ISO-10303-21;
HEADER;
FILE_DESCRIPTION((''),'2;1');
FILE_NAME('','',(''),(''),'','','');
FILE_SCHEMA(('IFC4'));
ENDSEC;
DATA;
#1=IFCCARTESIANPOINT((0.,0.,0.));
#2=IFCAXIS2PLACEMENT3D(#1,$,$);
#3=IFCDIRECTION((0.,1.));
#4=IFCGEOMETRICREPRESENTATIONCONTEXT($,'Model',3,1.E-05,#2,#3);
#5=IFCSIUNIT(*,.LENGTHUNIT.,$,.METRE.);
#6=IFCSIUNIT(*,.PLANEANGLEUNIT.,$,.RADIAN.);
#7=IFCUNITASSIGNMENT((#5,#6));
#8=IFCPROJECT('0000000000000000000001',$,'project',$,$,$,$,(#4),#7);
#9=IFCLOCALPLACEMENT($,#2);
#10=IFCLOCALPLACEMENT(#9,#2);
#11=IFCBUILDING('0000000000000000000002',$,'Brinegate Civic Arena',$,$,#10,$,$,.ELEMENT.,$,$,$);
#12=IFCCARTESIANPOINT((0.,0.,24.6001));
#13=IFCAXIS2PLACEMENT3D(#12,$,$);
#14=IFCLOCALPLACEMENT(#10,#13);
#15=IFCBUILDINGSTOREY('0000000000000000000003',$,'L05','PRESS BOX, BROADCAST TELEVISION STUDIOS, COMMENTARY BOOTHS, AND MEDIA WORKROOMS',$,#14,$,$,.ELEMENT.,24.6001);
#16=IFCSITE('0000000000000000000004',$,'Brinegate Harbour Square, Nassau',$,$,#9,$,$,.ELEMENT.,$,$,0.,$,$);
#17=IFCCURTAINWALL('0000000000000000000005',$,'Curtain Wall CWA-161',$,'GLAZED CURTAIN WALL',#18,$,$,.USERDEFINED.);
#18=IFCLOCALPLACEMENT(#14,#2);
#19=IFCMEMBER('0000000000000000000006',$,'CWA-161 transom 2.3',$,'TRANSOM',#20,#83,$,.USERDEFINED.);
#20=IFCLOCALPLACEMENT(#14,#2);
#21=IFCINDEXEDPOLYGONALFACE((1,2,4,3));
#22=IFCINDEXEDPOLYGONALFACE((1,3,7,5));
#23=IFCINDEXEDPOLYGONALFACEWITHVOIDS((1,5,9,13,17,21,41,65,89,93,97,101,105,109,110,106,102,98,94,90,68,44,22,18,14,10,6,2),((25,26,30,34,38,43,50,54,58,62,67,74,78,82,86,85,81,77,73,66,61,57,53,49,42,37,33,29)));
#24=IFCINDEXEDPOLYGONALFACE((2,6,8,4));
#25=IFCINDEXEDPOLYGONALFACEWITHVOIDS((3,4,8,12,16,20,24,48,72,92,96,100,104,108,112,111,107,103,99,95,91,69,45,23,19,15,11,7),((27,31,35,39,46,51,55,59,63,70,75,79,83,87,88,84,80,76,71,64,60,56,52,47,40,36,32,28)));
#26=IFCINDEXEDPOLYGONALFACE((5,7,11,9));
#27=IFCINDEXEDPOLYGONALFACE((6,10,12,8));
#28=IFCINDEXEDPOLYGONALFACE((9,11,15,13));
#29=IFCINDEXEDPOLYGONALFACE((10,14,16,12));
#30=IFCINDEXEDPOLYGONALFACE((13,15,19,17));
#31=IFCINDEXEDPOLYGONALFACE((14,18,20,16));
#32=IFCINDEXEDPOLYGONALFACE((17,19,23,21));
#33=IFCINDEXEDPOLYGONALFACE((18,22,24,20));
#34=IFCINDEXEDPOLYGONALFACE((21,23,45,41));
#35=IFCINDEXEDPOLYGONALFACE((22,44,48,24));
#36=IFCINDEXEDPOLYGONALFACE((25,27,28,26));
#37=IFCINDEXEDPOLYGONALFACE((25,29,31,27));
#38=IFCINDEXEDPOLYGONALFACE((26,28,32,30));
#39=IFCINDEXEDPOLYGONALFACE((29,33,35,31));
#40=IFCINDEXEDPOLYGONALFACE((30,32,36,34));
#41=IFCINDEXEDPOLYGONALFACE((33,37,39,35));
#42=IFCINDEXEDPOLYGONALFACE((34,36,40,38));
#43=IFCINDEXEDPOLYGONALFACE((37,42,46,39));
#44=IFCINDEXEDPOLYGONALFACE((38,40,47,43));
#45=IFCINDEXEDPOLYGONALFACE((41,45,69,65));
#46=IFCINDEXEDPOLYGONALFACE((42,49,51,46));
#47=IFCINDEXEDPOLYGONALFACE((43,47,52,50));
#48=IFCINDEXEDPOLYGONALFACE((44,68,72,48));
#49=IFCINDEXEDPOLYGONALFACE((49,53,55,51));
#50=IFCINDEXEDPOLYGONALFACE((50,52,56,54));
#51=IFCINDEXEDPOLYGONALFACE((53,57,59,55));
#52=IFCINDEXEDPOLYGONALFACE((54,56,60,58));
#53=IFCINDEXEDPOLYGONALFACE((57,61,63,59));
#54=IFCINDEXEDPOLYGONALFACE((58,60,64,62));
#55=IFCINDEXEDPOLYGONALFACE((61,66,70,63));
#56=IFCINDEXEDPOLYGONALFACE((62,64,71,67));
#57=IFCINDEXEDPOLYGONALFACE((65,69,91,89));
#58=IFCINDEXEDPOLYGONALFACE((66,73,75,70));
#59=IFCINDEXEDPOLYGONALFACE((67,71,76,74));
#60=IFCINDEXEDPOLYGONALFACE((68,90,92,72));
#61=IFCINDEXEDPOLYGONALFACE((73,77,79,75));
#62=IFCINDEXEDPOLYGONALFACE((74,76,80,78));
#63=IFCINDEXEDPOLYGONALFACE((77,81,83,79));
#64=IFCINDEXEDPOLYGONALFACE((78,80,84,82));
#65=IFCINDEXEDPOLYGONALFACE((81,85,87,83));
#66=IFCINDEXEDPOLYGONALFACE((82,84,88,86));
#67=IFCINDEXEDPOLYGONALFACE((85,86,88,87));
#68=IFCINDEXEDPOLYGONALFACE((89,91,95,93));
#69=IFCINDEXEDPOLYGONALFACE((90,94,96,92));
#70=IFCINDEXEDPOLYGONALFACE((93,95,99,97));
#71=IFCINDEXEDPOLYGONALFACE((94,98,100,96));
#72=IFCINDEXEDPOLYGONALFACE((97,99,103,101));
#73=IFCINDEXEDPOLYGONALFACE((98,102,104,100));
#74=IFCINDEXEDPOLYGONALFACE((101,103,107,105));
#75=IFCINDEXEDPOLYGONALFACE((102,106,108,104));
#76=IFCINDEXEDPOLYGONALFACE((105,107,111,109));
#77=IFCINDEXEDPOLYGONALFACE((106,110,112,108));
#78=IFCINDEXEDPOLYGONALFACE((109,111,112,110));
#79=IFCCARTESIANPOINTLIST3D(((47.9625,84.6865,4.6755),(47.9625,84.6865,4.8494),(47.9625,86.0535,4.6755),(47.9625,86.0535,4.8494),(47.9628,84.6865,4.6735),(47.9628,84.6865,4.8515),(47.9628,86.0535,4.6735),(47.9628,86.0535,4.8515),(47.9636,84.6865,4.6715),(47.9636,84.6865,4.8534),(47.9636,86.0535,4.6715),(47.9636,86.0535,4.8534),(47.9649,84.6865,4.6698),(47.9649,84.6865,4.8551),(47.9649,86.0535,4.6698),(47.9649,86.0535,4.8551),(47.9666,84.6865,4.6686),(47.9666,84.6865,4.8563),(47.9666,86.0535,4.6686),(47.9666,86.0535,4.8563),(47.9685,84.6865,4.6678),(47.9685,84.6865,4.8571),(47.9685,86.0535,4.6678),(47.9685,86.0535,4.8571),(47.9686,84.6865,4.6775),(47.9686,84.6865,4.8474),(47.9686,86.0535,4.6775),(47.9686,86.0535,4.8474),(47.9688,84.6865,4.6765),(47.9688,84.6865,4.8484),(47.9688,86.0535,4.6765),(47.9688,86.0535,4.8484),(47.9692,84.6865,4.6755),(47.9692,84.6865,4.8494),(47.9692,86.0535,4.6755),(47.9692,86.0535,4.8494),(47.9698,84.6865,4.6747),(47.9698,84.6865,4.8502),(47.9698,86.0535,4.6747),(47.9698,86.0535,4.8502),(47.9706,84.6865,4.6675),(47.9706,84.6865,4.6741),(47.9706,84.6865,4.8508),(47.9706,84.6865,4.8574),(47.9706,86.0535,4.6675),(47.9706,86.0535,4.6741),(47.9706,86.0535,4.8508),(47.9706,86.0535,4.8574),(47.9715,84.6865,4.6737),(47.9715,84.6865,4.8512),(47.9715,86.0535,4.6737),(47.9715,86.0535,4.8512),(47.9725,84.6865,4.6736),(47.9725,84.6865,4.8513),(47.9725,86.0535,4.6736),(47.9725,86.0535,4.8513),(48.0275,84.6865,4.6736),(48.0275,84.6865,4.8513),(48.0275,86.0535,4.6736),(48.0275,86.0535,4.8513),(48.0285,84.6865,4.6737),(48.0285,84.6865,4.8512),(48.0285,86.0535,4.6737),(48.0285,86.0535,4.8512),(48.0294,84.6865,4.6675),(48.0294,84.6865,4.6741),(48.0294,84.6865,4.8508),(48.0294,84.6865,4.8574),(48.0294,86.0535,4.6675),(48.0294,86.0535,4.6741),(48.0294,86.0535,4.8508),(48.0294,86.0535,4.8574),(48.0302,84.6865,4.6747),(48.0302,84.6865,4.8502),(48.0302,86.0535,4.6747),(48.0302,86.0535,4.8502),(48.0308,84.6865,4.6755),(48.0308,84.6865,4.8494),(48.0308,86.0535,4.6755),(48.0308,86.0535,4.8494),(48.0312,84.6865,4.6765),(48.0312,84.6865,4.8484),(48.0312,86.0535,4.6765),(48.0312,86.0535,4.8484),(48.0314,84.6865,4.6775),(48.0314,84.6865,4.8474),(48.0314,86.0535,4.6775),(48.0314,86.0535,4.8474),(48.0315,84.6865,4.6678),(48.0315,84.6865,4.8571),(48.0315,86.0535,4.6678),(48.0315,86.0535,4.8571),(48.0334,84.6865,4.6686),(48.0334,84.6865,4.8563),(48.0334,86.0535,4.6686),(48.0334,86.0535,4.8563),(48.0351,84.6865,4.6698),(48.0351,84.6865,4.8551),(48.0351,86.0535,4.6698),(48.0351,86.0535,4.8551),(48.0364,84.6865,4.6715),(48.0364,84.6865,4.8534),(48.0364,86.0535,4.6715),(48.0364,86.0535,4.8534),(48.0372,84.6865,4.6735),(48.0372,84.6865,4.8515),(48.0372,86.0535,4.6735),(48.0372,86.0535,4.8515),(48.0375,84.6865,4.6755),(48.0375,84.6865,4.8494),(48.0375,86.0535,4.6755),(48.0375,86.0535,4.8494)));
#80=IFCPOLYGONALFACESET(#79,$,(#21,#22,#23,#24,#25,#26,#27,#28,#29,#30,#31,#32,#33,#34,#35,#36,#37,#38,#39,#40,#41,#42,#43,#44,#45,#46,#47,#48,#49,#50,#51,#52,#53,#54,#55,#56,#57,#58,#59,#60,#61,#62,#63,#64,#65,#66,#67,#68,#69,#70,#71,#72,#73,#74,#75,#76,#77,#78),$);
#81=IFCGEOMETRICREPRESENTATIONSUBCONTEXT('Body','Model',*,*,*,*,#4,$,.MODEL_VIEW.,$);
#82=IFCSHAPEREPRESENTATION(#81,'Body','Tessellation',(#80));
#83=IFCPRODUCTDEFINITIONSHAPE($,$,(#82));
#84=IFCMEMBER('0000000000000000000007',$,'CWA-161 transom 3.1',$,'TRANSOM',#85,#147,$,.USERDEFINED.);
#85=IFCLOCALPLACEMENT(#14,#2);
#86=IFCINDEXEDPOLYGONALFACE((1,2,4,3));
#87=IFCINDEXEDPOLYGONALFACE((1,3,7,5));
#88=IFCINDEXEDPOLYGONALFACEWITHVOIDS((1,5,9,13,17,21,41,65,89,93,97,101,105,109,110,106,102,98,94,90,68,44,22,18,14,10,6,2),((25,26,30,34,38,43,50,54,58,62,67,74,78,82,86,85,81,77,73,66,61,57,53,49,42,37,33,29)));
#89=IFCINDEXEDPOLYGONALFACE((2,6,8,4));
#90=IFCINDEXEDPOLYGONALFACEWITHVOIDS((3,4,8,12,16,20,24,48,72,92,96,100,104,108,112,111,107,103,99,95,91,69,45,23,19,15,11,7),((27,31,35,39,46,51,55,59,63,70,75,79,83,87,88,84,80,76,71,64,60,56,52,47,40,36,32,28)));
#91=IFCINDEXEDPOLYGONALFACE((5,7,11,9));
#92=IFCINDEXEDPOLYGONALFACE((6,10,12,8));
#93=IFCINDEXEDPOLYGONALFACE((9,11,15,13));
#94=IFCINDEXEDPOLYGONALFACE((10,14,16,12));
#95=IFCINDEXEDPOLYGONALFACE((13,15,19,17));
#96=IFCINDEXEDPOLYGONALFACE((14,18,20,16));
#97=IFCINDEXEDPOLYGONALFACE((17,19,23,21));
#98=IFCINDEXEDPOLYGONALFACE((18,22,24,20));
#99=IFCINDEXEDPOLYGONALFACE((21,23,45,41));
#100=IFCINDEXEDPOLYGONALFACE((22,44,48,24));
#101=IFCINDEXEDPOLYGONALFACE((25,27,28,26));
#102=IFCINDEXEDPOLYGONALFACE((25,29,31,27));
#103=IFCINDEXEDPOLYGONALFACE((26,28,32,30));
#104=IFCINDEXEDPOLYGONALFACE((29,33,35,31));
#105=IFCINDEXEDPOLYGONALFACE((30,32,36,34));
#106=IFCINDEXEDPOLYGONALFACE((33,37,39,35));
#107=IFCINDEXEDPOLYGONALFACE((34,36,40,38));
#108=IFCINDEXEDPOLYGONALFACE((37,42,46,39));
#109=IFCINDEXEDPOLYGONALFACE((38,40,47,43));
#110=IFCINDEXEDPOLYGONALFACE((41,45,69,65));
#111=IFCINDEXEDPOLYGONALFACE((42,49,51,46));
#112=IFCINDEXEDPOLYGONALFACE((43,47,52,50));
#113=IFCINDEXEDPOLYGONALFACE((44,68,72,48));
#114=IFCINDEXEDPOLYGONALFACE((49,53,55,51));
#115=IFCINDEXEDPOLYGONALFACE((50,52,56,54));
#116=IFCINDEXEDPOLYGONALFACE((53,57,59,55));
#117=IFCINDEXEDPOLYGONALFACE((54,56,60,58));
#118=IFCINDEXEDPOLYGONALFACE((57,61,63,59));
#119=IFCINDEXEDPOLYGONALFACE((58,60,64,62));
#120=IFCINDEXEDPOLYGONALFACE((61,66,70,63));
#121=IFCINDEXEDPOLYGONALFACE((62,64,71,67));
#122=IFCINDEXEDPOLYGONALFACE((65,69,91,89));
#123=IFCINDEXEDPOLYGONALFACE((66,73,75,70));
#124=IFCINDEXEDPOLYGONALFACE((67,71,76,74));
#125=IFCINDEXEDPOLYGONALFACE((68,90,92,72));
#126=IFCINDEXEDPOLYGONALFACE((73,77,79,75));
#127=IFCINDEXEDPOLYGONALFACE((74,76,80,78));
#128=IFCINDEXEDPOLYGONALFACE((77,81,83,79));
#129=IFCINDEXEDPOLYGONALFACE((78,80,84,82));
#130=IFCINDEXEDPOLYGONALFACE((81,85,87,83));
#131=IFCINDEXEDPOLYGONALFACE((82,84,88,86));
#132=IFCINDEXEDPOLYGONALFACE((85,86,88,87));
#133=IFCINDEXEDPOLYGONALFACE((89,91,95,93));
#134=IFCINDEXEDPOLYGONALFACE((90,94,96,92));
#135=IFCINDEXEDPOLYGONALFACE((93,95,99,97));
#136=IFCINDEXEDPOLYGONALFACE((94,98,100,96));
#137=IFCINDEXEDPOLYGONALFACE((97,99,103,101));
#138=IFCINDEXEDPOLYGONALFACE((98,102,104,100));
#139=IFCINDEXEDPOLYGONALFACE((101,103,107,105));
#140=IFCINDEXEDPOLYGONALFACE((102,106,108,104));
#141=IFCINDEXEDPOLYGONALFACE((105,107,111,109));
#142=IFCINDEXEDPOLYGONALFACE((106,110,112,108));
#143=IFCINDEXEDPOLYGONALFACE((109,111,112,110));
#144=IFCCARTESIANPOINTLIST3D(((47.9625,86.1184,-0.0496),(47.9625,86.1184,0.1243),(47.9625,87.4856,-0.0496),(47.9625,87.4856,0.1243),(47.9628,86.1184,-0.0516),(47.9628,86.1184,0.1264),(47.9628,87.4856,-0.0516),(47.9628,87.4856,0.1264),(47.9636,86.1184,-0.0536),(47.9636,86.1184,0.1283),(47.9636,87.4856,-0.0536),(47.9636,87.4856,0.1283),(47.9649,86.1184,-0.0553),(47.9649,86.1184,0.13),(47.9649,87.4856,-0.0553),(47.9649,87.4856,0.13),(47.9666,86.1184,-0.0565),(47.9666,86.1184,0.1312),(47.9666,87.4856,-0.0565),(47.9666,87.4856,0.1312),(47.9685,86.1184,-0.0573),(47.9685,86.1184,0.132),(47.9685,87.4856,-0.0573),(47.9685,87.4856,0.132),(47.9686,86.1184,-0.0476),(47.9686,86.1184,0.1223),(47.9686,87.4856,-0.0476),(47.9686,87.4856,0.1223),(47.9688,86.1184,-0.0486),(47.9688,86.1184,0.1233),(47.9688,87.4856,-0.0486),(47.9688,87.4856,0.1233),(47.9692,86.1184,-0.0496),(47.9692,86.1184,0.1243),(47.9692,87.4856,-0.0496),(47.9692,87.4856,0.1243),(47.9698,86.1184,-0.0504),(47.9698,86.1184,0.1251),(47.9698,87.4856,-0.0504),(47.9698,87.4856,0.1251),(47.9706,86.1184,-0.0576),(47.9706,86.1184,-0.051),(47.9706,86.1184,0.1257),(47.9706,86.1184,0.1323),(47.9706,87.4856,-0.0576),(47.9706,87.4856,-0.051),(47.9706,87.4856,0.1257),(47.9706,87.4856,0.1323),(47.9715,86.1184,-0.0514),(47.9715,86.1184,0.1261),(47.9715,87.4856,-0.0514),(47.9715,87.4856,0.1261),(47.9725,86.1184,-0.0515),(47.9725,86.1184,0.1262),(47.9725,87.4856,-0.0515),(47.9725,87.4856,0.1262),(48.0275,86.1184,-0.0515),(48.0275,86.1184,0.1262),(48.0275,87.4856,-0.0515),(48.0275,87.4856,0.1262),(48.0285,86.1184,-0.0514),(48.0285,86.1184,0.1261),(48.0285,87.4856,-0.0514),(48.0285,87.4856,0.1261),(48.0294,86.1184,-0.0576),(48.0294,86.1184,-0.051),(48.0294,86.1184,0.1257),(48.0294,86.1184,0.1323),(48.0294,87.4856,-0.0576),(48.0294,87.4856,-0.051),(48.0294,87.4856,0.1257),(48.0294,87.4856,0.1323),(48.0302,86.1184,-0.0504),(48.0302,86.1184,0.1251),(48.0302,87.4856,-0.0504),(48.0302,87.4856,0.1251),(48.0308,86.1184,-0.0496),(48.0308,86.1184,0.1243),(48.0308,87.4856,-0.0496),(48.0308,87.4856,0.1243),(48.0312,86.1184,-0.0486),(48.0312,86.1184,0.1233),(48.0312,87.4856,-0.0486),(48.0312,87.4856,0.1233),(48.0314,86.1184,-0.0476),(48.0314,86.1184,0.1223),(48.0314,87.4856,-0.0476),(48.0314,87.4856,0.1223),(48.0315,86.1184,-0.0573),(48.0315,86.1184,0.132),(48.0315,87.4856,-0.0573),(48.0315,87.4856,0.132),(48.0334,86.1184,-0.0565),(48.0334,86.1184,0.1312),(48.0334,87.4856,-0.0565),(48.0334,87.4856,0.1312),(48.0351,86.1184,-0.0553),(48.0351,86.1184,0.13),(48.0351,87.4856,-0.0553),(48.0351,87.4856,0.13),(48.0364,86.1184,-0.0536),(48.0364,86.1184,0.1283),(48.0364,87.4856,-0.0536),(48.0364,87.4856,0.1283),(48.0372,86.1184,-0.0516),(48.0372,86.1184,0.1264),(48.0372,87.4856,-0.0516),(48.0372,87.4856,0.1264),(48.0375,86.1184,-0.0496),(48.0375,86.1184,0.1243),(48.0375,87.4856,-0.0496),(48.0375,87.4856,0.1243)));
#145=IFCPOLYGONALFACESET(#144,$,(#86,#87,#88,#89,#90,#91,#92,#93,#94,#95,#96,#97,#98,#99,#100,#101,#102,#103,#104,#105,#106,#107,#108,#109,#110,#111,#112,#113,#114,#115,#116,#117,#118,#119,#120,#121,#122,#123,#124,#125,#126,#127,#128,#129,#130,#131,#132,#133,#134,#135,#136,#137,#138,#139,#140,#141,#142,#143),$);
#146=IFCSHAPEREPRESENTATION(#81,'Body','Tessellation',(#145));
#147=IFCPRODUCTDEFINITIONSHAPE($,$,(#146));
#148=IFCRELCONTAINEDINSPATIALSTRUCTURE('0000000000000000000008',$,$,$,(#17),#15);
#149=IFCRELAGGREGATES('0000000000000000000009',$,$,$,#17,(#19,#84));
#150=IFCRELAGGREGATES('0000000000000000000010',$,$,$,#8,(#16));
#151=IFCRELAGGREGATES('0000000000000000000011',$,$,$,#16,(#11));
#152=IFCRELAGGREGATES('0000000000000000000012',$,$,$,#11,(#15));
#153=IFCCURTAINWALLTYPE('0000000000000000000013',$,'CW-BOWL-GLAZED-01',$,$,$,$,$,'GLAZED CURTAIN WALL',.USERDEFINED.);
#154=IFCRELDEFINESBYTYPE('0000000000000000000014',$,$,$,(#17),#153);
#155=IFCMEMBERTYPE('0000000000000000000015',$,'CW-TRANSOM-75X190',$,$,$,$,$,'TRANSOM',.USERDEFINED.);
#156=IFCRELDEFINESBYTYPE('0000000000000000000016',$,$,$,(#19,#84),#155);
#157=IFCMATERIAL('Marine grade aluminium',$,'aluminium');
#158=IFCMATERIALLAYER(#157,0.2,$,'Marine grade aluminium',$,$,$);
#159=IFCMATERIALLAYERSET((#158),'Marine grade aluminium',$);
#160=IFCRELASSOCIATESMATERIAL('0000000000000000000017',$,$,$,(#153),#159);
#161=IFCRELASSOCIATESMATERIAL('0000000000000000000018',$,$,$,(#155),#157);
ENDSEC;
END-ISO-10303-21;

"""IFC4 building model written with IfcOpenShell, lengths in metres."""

from ifc_helpers import new_model, si_unit, direction, frame, origin, origin_2d, place, context, subcontext, project, spatial, hollow_rectangle, extrude, material, layer, layer_set, material_profile, profile_set, type_object, element, aggregate, save


model = new_model("IFC4")

# Units and contexts
model_context = context("Model", 3, precision=1e-05, world=origin(), true_north=direction((0.0, 1.0)))
body_context = subcontext(model_context, "Body", "Model", "MODEL_VIEW")
ifc_project = project(units=[si_unit("LENGTHUNIT", "METRE"), si_unit("PLANEANGLEUNIT", "RADIAN")], contexts=[model_context])

# Site, building, storey
site_placement = place(None, origin())
site = spatial("IfcSite", under=ifc_project, at=site_placement, Name="Brinegate Harbour Square, Nassau", CompositionType="ELEMENT", RefElevation=0.0)
building_placement = place(site_placement, origin())
building = spatial("IfcBuilding", under=site, at=building_placement, Name="Brinegate Civic Arena", CompositionType="ELEMENT")
storey_placement = place(building_placement, frame((0.0, 0.0, 24.6001)))
storey = spatial("IfcBuildingStorey", under=building, at=storey_placement, Name="L05", Description="PRESS BOX, BROADCAST TELEVISION STUDIOS, COMMENTARY BOOTHS, AND MEDIA WORKROOMS", CompositionType="ELEMENT", Elevation=24.6001)

# Curtain wall, members
ifc_material_1 = material(Name="Marine grade aluminium", Category="aluminium")
ifc_layer_1 = layer(ifc_material_1, 0.2, Name="Marine grade aluminium")
ifc_layer_set_1 = layer_set([ifc_layer_1], Name="Marine grade aluminium")
curtain_wall_type = type_object("IfcCurtainWallType", Name="CW-BOWL-GLAZED-01", ElementType="GLAZED CURTAIN WALL", PredefinedType="USERDEFINED", material=ifc_layer_set_1)
curtain_wall_placement = place(storey_placement, origin())
curtain_wall = element("IfcCurtainWall", 1, at=curtain_wall_placement, inside=storey, type_object=curtain_wall_type, Name="Curtain Wall CWA-161", ObjectType="GLAZED CURTAIN WALL", PredefinedType="USERDEFINED")
ifc_material_profile_1 = material_profile(ifc_material_1, hollow_rectangle(XDim=0.075, YDim=0.1899, WallThickness=0.0061, InnerFilletRadius=0.0039, OuterFilletRadius=0.0081, at=origin_2d()), Name="TRN75X190")
ifc_profile_set_1 = profile_set([ifc_material_profile_1], Name="Marine grade aluminium")
member_type_1 = type_object("IfcMemberType", Name="CW-TRANSOM-75X190", ElementType="TRANSOM", PredefinedType="USERDEFINED", material=ifc_profile_set_1)
member_1_placement = place(storey_placement, frame((48.0, 84.6865, 4.7625), z_axis=(0.0, 1.0, 0.0), x_axis=(-1.0, 0.0, 0.0)))
member_1 = element("IfcMember", 2, at=member_1_placement, type_object=member_type_1, Name="CWA-161 transom 2.3", ObjectType="TRANSOM", PredefinedType="USERDEFINED", context=body_context, shape_type="SweptSolid", body=[
    extrude(hollow_rectangle(XDim=0.075, YDim=0.1899, WallThickness=0.0061, InnerFilletRadius=0.0039, OuterFilletRadius=0.0081, at=origin_2d()), origin(), (0.0, 0.0, 1.0), 1.3669),
])
member_2_placement = place(storey_placement, frame((48.0, 86.1184, 0.0374), z_axis=(0.0, 1.0, 0.0), x_axis=(-1.0, 0.0, 0.0)))
member_2 = element("IfcMember", 3, at=member_2_placement, type_object=member_type_1, Name="CWA-161 transom 3.1", ObjectType="TRANSOM", PredefinedType="USERDEFINED", context=body_context, shape_type="SweptSolid", body=[
    extrude(hollow_rectangle(XDim=0.075, YDim=0.1899, WallThickness=0.0061, InnerFilletRadius=0.0039, OuterFilletRadius=0.0081, at=origin_2d()), origin(), (0.0, 0.0, 1.0), 1.3672),
])
aggregate(curtain_wall, [member_1, member_2])

save(model, "model.ifc")
